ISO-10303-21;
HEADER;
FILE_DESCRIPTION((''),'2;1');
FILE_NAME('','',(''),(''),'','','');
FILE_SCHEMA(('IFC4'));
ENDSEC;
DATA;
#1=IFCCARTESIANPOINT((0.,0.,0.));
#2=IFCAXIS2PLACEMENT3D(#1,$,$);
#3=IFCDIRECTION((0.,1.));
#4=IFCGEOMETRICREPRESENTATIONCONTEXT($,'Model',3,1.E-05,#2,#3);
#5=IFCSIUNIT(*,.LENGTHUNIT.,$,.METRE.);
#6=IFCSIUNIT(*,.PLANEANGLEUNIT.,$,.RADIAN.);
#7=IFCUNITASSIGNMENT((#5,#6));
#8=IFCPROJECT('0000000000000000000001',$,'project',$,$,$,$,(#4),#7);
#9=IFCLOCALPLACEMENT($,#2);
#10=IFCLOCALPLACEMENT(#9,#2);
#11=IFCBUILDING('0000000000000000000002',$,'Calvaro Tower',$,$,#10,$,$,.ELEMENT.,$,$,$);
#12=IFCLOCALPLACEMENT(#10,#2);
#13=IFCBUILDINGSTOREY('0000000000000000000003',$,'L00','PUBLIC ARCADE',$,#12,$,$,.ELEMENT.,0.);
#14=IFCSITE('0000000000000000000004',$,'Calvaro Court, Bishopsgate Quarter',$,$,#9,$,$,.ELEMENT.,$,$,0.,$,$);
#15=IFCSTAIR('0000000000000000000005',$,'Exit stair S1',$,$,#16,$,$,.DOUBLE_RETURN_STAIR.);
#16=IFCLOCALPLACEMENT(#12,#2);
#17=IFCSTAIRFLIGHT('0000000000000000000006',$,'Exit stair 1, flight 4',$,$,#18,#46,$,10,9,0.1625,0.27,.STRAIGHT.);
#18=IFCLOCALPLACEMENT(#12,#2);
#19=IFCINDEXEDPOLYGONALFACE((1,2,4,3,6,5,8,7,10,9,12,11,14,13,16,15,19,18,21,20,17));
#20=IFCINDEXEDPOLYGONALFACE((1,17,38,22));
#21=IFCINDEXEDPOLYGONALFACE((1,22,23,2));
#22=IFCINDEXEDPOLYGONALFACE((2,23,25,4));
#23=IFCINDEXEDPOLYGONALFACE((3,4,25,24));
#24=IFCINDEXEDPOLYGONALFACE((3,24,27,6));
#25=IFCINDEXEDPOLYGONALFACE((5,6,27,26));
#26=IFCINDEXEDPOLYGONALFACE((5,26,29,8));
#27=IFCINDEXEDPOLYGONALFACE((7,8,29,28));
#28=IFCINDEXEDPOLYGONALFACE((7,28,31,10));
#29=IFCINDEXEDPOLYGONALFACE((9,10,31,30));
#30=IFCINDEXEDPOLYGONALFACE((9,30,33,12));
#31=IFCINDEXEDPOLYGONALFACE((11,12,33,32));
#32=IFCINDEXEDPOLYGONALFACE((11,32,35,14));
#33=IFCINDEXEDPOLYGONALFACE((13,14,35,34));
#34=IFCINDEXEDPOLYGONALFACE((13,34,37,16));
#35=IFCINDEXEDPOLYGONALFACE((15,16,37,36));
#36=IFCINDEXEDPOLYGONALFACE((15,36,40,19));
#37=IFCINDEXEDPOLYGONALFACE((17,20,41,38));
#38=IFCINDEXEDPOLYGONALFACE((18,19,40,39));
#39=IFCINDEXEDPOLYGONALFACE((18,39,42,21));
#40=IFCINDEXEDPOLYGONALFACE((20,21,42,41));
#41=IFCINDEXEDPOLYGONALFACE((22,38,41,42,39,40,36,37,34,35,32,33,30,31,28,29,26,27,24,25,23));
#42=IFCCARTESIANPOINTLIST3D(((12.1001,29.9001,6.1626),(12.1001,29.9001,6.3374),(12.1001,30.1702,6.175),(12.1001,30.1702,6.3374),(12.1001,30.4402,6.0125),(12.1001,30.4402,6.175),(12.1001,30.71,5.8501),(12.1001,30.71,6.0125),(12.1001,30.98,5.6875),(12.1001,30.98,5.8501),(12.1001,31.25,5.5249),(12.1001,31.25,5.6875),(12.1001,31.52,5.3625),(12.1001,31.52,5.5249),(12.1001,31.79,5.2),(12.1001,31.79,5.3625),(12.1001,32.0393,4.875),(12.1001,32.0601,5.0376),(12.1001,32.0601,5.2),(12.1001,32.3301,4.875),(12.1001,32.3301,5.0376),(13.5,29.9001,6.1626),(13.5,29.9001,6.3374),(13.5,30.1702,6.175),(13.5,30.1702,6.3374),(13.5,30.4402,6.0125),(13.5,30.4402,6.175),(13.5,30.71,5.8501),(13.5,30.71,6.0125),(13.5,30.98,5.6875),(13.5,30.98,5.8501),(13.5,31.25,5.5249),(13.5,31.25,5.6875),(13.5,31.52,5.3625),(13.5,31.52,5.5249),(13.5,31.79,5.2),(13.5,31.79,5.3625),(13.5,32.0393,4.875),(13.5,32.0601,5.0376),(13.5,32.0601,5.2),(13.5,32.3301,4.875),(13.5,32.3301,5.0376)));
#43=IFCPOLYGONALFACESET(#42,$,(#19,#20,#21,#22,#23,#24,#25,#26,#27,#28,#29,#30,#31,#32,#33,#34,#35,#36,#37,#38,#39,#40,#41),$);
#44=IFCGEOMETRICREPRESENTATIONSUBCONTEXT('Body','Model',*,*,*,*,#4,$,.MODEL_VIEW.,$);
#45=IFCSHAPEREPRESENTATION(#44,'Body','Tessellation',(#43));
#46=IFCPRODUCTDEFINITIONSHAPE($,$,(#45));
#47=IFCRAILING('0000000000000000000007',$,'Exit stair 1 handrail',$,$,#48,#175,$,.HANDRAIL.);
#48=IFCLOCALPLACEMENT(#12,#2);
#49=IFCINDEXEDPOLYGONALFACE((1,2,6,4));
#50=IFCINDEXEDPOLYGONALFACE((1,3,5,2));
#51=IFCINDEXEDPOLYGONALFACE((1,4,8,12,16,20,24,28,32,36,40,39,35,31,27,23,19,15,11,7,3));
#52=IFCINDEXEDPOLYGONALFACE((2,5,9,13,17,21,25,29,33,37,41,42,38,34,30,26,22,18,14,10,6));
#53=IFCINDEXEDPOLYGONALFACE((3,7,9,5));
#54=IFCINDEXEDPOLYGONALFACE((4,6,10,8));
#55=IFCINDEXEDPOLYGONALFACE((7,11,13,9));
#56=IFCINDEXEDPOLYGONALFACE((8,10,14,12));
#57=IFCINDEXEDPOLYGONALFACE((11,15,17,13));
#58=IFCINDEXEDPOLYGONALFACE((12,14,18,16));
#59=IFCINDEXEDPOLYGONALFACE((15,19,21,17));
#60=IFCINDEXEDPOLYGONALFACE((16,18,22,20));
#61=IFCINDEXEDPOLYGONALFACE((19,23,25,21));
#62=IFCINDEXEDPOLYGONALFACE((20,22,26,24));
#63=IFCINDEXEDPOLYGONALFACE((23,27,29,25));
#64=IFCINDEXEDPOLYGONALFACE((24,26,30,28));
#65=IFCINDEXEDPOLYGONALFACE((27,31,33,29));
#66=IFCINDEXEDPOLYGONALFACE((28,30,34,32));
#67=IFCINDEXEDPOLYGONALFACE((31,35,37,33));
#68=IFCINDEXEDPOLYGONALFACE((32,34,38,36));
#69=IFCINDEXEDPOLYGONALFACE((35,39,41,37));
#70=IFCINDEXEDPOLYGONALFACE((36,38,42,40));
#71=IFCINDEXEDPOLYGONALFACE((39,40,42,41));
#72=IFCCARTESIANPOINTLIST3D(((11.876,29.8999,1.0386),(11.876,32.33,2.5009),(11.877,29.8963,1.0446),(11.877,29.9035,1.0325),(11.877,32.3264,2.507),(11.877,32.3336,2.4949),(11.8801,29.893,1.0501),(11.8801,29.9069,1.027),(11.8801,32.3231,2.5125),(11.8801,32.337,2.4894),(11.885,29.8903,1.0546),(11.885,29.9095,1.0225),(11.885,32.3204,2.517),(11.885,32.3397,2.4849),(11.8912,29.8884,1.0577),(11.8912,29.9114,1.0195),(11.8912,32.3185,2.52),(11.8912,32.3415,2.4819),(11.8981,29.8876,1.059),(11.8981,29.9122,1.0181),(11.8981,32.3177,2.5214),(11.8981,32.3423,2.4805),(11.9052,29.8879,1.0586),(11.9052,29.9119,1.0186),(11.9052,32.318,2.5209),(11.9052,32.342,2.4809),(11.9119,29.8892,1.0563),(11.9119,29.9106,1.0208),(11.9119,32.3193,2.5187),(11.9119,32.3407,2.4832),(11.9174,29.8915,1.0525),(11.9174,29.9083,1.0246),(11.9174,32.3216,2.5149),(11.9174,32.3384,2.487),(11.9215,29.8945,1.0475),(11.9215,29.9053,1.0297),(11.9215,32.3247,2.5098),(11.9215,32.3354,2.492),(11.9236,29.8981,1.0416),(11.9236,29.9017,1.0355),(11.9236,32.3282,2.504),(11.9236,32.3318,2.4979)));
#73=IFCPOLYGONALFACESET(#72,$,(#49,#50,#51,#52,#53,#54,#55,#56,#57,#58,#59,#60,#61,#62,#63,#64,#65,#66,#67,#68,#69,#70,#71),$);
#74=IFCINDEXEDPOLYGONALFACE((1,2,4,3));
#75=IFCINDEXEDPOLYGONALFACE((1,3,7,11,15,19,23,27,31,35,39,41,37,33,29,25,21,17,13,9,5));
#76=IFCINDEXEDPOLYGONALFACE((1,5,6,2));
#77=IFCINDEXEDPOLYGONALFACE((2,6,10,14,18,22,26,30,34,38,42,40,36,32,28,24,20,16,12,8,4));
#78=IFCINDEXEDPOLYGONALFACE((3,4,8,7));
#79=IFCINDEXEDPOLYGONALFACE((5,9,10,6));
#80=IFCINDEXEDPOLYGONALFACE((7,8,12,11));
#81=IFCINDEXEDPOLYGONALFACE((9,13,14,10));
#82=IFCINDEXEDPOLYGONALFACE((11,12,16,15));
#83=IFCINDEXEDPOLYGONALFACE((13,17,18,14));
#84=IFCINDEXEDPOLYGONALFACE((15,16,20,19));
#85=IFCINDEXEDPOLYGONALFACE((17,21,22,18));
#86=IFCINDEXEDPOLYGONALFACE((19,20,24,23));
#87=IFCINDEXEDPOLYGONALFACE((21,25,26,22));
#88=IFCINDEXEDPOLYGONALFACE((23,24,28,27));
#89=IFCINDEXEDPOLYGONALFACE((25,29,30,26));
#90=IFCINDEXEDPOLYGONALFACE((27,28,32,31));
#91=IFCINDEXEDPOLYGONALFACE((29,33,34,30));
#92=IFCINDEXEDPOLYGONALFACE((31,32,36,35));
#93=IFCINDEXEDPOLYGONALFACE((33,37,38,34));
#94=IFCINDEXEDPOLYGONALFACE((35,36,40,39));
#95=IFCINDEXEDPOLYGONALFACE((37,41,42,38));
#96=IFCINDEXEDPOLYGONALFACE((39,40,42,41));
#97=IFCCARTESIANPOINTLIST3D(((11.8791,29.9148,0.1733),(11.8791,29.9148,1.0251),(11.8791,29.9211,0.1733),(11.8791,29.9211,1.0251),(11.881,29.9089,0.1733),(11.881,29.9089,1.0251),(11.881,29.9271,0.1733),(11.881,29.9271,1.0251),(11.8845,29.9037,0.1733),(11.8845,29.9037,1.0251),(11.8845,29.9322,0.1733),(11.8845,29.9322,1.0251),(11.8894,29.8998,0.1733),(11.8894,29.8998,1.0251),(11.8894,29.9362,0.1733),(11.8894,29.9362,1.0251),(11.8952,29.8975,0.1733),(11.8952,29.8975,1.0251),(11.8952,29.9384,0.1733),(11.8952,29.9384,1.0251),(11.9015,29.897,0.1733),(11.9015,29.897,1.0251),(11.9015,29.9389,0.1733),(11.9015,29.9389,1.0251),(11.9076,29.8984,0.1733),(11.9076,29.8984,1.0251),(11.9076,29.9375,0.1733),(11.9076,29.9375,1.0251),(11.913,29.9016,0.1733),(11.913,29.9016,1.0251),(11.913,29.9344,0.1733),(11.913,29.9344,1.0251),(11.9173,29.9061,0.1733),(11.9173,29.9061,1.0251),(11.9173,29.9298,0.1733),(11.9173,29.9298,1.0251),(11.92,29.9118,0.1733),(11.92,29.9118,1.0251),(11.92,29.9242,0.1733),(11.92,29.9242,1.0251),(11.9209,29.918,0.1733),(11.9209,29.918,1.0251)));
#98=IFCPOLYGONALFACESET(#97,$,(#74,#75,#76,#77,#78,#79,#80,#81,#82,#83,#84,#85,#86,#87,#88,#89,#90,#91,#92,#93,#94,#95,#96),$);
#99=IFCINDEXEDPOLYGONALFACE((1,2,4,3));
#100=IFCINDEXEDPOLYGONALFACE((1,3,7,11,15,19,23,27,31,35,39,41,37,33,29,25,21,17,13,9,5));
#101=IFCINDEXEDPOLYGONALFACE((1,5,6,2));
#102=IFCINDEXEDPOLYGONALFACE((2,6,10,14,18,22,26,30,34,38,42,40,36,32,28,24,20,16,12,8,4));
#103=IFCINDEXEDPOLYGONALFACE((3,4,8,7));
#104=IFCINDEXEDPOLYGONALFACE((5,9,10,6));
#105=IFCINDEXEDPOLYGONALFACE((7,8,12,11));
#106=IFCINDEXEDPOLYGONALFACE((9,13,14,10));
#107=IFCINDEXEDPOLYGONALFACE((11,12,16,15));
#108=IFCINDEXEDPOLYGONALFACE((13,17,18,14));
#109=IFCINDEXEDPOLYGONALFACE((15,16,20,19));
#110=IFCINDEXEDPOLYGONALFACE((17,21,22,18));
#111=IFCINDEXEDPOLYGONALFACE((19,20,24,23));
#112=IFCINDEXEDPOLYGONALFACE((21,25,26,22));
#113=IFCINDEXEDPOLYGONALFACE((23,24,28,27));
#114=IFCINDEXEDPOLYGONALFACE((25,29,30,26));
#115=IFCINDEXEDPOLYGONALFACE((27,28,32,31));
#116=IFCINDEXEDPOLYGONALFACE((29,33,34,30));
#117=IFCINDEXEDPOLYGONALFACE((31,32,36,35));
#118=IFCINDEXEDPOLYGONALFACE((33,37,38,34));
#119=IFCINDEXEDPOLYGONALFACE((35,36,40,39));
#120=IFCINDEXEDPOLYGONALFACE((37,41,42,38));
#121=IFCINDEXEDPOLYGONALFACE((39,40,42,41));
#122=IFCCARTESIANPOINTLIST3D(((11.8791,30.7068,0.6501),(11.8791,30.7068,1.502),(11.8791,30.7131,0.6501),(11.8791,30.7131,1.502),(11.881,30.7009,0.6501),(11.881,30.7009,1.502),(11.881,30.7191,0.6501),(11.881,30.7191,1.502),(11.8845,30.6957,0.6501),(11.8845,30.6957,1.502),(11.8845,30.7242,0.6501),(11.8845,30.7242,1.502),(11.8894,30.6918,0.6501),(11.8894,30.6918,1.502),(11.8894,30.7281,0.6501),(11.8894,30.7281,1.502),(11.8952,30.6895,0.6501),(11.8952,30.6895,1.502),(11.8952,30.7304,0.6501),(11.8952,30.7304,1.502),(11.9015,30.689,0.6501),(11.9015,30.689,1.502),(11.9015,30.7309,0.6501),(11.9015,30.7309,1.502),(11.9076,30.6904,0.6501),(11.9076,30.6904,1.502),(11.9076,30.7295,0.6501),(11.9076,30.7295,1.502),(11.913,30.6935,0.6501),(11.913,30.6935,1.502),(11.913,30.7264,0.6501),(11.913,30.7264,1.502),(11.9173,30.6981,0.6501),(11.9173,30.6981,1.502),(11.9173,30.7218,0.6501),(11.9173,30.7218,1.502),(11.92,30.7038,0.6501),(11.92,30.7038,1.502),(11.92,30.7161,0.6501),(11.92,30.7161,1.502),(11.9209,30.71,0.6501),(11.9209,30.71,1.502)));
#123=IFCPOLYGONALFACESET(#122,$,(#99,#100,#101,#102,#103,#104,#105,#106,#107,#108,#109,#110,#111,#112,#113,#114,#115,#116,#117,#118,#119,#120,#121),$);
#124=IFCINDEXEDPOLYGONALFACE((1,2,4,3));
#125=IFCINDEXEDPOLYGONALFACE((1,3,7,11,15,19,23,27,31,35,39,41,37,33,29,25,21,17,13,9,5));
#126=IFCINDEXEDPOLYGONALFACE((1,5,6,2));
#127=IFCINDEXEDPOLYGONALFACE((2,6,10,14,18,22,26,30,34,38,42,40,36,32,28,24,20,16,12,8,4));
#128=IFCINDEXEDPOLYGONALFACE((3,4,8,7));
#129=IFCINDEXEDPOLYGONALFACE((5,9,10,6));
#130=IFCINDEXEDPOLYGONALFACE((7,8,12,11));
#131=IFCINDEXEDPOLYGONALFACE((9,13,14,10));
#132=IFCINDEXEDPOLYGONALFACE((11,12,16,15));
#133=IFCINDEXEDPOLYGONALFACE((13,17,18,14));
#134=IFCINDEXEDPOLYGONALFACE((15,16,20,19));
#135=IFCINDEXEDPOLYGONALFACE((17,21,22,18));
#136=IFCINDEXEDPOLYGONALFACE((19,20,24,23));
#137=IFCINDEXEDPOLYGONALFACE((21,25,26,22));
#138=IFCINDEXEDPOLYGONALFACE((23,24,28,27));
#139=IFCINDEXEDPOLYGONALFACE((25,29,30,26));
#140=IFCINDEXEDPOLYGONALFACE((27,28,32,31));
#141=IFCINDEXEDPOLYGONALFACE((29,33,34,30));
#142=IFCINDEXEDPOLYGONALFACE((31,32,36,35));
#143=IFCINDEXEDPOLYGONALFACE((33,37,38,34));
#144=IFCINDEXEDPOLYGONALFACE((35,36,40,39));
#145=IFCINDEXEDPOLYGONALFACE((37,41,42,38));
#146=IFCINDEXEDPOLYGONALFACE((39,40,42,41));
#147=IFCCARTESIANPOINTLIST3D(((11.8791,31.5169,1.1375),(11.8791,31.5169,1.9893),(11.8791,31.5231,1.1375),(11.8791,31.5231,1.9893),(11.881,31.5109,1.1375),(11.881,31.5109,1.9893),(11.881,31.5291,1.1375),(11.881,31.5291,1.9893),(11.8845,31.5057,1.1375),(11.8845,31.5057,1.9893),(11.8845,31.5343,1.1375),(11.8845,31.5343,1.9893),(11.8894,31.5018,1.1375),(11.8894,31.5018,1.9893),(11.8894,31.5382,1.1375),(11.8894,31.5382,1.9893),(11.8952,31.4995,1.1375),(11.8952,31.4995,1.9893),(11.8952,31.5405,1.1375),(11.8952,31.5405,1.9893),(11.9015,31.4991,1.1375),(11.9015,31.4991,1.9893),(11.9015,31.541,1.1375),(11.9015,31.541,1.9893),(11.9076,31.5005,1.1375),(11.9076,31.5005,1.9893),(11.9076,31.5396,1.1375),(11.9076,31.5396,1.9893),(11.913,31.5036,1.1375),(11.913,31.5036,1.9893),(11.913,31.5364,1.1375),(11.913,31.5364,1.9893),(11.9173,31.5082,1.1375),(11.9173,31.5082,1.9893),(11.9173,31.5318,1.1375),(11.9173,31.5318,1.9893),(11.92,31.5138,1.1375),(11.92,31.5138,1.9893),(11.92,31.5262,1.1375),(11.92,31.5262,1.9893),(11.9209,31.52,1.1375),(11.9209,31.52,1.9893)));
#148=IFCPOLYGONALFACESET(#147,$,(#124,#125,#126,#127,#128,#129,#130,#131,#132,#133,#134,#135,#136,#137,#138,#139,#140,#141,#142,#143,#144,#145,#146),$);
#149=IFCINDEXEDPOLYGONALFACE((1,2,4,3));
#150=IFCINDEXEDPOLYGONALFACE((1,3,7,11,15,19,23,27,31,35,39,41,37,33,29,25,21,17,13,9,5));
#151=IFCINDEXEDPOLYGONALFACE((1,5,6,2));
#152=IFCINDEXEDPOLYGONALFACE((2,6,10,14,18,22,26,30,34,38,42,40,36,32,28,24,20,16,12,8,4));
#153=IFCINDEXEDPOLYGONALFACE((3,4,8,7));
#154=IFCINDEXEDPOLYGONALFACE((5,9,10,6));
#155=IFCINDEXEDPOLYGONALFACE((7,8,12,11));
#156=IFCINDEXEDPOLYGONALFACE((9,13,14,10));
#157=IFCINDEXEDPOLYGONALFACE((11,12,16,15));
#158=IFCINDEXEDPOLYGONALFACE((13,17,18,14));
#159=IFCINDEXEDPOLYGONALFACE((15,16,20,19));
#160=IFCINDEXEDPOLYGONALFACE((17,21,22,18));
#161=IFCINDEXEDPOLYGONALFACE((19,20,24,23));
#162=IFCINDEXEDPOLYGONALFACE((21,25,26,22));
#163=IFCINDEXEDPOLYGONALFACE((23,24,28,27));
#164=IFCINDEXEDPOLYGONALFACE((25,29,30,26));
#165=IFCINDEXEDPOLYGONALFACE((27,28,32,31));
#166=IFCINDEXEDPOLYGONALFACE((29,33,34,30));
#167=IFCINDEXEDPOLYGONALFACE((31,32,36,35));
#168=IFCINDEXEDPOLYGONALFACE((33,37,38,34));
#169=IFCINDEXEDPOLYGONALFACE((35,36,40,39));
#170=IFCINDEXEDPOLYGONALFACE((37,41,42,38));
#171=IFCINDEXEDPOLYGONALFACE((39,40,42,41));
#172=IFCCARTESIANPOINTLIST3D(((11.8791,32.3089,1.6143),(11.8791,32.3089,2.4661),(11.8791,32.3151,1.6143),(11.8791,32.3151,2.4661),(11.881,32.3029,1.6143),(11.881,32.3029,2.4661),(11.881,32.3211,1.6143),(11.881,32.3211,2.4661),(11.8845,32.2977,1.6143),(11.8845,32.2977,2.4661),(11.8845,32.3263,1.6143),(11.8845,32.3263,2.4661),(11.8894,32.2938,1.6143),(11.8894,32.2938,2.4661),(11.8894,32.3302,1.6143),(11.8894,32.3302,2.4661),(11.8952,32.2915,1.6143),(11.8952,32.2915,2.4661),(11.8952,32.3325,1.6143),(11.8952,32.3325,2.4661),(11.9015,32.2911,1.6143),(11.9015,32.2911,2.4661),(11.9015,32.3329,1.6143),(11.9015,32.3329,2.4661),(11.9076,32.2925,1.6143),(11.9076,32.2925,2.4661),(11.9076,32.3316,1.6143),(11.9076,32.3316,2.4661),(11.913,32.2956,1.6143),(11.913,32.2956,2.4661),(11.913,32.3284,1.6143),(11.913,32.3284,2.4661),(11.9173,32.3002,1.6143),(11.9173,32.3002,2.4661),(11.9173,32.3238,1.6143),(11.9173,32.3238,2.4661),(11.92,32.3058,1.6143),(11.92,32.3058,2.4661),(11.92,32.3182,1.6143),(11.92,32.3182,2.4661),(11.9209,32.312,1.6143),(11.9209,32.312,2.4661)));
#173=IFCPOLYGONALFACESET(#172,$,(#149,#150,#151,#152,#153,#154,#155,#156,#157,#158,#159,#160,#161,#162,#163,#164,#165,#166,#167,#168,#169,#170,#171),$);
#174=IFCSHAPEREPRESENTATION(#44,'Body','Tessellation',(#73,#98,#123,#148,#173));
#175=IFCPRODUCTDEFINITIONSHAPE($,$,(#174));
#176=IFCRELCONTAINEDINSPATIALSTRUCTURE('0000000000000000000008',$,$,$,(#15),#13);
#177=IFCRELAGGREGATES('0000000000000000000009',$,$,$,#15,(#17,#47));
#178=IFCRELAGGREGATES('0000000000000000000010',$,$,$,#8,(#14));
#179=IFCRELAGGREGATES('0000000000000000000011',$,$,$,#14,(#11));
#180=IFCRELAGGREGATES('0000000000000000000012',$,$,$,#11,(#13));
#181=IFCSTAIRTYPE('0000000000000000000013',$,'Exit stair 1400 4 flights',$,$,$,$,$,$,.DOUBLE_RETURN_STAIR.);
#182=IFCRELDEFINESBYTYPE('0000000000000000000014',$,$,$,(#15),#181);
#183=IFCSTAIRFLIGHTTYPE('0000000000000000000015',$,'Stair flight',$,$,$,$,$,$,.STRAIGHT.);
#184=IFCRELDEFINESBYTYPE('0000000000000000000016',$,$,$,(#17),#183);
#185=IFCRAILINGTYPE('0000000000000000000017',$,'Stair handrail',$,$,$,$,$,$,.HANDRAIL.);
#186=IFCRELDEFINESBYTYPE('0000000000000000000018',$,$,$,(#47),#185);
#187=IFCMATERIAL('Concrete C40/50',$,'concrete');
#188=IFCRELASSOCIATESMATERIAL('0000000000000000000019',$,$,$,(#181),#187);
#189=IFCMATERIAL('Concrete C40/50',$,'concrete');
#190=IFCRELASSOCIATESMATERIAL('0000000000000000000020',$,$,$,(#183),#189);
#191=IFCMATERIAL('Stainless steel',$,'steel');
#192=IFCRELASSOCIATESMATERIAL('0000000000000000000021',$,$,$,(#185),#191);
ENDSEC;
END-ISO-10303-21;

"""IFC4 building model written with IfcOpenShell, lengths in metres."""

from ifc_helpers import new_model, si_unit, direction, frame, origin, origin_2d, place, context, subcontext, project, spatial, polyline, circle, outline, extrude, material, type_object, element, aggregate, save


model = new_model("IFC4")

# Units and contexts
model_context = context("Model", 3, precision=1e-05, world=origin(), true_north=direction((0.0, 1.0)))
body_context = subcontext(model_context, "Body", "Model", "MODEL_VIEW")
ifc_project = project(units=[si_unit("LENGTHUNIT", "METRE"), si_unit("PLANEANGLEUNIT", "RADIAN")], contexts=[model_context])

# Site, building, storey
site_placement = place(None, origin())
site = spatial("IfcSite", under=ifc_project, at=site_placement, Name="Calvaro Court, Bishopsgate Quarter", CompositionType="ELEMENT", RefElevation=0.0)
building_placement = place(site_placement, origin())
building = spatial("IfcBuilding", under=site, at=building_placement, Name="Calvaro Tower", CompositionType="ELEMENT")
storey_placement = place(building_placement, origin())
storey = spatial("IfcBuildingStorey", under=building, at=storey_placement, Name="L00", Description="PUBLIC ARCADE", CompositionType="ELEMENT", Elevation=0.0)

# Stair, stair flight, railing
ifc_material_1 = material(Name="Concrete C40/50", Category="concrete")
stair_type = type_object("IfcStairType", Name="Exit stair 1400 4 flights", PredefinedType="DOUBLE_RETURN_STAIR", material=ifc_material_1)
stair_placement = place(storey_placement, origin())
stair = element("IfcStair", 1, at=stair_placement, inside=storey, type_object=stair_type, Name="Exit stair S1", PredefinedType="DOUBLE_RETURN_STAIR")
ifc_material_2 = material(Name="Concrete C40/50", Category="concrete")
stair_flight_type = type_object("IfcStairFlightType", Name="Stair flight", PredefinedType="STRAIGHT", material=ifc_material_2)
stair_flight_1_placement = place(storey_placement, frame((12.8, 32.3301, 4.875), z_axis=(0.0, 0.0, 1.0), x_axis=(0.0, -1.0, 0.0)))
stair_flight_1 = element("IfcStairFlight", 2, at=stair_flight_1_placement, type_object=stair_flight_type, Name="Exit stair 1, flight 4", NumberOfRisers=10, NumberOfTreads=9, PredefinedType="STRAIGHT", RiserHeight=0.1625, TreadLength=0.27, context=body_context, shape_type="SweptSolid", body=[
    extrude(outline(polyline([(0.0, 0.0), (0.0, 0.1626), (0.27, 0.1626), (0.27, 0.325), (0.54, 0.325), (0.54, 0.4875), (0.8101, 0.4875), (0.8101, 0.6499), (1.0801, 0.6499), (1.0801, 0.8125), (1.3501, 0.8125), (1.3501, 0.9751), (1.6201, 0.9751), (1.6201, 1.1375), (1.8899, 1.1375), (1.8899, 1.3), (2.1599, 1.3), (2.1599, 1.4624), (2.4299, 1.4624), (2.4299, 1.625), (2.4299, 1.2876), (0.2908, 0.0), (0.0, 0.0)])), frame((0.0, 0.7, 0.0), z_axis=(0.0, -1.0, 0.0), x_axis=(1.0, 0.0, 0.0)), (0.0, 0.0, 1.0), 1.3999),
])
ifc_material_3 = material(Name="Stainless steel", Category="steel")
railing_type = type_object("IfcRailingType", Name="Stair handrail", PredefinedType="HANDRAIL", material=ifc_material_3)
railing_1_placement = place(storey_placement, frame((11.8999, 29.8999, 0.1626)))
railing_1 = element("IfcRailing", 3, at=railing_1_placement, type_object=railing_type, Name="Exit stair 1 handrail", PredefinedType="HANDRAIL", context=body_context, shape_type="SweptSolid", body=[
    extrude(circle(Radius=0.0239, at=origin_2d()), frame((0.0, 0.0, 0.876), z_axis=(0.0, 0.856824, 0.515609), x_axis=(-1.0, 0.0, 0.0)), (0.0, 0.0, 1.0), 2.8362),
    extrude(circle(Radius=0.021, at=origin_2d()), frame((0.0, 0.0181, 0.0107)), (0.0, 0.0, 1.0), 0.8518),
    extrude(circle(Radius=0.021, at=origin_2d()), frame((0.0, 0.8101, 0.4875)), (0.0, 0.0, 1.0), 0.8518),
    extrude(circle(Radius=0.021, at=origin_2d()), frame((0.0, 1.6201, 0.9749)), (0.0, 0.0, 1.0), 0.8518),
    extrude(circle(Radius=0.021, at=origin_2d()), frame((0.0, 2.4121, 1.4517)), (0.0, 0.0, 1.0), 0.8518),
])
aggregate(stair, [stair_flight_1, railing_1])

save(model, "model.ifc")
